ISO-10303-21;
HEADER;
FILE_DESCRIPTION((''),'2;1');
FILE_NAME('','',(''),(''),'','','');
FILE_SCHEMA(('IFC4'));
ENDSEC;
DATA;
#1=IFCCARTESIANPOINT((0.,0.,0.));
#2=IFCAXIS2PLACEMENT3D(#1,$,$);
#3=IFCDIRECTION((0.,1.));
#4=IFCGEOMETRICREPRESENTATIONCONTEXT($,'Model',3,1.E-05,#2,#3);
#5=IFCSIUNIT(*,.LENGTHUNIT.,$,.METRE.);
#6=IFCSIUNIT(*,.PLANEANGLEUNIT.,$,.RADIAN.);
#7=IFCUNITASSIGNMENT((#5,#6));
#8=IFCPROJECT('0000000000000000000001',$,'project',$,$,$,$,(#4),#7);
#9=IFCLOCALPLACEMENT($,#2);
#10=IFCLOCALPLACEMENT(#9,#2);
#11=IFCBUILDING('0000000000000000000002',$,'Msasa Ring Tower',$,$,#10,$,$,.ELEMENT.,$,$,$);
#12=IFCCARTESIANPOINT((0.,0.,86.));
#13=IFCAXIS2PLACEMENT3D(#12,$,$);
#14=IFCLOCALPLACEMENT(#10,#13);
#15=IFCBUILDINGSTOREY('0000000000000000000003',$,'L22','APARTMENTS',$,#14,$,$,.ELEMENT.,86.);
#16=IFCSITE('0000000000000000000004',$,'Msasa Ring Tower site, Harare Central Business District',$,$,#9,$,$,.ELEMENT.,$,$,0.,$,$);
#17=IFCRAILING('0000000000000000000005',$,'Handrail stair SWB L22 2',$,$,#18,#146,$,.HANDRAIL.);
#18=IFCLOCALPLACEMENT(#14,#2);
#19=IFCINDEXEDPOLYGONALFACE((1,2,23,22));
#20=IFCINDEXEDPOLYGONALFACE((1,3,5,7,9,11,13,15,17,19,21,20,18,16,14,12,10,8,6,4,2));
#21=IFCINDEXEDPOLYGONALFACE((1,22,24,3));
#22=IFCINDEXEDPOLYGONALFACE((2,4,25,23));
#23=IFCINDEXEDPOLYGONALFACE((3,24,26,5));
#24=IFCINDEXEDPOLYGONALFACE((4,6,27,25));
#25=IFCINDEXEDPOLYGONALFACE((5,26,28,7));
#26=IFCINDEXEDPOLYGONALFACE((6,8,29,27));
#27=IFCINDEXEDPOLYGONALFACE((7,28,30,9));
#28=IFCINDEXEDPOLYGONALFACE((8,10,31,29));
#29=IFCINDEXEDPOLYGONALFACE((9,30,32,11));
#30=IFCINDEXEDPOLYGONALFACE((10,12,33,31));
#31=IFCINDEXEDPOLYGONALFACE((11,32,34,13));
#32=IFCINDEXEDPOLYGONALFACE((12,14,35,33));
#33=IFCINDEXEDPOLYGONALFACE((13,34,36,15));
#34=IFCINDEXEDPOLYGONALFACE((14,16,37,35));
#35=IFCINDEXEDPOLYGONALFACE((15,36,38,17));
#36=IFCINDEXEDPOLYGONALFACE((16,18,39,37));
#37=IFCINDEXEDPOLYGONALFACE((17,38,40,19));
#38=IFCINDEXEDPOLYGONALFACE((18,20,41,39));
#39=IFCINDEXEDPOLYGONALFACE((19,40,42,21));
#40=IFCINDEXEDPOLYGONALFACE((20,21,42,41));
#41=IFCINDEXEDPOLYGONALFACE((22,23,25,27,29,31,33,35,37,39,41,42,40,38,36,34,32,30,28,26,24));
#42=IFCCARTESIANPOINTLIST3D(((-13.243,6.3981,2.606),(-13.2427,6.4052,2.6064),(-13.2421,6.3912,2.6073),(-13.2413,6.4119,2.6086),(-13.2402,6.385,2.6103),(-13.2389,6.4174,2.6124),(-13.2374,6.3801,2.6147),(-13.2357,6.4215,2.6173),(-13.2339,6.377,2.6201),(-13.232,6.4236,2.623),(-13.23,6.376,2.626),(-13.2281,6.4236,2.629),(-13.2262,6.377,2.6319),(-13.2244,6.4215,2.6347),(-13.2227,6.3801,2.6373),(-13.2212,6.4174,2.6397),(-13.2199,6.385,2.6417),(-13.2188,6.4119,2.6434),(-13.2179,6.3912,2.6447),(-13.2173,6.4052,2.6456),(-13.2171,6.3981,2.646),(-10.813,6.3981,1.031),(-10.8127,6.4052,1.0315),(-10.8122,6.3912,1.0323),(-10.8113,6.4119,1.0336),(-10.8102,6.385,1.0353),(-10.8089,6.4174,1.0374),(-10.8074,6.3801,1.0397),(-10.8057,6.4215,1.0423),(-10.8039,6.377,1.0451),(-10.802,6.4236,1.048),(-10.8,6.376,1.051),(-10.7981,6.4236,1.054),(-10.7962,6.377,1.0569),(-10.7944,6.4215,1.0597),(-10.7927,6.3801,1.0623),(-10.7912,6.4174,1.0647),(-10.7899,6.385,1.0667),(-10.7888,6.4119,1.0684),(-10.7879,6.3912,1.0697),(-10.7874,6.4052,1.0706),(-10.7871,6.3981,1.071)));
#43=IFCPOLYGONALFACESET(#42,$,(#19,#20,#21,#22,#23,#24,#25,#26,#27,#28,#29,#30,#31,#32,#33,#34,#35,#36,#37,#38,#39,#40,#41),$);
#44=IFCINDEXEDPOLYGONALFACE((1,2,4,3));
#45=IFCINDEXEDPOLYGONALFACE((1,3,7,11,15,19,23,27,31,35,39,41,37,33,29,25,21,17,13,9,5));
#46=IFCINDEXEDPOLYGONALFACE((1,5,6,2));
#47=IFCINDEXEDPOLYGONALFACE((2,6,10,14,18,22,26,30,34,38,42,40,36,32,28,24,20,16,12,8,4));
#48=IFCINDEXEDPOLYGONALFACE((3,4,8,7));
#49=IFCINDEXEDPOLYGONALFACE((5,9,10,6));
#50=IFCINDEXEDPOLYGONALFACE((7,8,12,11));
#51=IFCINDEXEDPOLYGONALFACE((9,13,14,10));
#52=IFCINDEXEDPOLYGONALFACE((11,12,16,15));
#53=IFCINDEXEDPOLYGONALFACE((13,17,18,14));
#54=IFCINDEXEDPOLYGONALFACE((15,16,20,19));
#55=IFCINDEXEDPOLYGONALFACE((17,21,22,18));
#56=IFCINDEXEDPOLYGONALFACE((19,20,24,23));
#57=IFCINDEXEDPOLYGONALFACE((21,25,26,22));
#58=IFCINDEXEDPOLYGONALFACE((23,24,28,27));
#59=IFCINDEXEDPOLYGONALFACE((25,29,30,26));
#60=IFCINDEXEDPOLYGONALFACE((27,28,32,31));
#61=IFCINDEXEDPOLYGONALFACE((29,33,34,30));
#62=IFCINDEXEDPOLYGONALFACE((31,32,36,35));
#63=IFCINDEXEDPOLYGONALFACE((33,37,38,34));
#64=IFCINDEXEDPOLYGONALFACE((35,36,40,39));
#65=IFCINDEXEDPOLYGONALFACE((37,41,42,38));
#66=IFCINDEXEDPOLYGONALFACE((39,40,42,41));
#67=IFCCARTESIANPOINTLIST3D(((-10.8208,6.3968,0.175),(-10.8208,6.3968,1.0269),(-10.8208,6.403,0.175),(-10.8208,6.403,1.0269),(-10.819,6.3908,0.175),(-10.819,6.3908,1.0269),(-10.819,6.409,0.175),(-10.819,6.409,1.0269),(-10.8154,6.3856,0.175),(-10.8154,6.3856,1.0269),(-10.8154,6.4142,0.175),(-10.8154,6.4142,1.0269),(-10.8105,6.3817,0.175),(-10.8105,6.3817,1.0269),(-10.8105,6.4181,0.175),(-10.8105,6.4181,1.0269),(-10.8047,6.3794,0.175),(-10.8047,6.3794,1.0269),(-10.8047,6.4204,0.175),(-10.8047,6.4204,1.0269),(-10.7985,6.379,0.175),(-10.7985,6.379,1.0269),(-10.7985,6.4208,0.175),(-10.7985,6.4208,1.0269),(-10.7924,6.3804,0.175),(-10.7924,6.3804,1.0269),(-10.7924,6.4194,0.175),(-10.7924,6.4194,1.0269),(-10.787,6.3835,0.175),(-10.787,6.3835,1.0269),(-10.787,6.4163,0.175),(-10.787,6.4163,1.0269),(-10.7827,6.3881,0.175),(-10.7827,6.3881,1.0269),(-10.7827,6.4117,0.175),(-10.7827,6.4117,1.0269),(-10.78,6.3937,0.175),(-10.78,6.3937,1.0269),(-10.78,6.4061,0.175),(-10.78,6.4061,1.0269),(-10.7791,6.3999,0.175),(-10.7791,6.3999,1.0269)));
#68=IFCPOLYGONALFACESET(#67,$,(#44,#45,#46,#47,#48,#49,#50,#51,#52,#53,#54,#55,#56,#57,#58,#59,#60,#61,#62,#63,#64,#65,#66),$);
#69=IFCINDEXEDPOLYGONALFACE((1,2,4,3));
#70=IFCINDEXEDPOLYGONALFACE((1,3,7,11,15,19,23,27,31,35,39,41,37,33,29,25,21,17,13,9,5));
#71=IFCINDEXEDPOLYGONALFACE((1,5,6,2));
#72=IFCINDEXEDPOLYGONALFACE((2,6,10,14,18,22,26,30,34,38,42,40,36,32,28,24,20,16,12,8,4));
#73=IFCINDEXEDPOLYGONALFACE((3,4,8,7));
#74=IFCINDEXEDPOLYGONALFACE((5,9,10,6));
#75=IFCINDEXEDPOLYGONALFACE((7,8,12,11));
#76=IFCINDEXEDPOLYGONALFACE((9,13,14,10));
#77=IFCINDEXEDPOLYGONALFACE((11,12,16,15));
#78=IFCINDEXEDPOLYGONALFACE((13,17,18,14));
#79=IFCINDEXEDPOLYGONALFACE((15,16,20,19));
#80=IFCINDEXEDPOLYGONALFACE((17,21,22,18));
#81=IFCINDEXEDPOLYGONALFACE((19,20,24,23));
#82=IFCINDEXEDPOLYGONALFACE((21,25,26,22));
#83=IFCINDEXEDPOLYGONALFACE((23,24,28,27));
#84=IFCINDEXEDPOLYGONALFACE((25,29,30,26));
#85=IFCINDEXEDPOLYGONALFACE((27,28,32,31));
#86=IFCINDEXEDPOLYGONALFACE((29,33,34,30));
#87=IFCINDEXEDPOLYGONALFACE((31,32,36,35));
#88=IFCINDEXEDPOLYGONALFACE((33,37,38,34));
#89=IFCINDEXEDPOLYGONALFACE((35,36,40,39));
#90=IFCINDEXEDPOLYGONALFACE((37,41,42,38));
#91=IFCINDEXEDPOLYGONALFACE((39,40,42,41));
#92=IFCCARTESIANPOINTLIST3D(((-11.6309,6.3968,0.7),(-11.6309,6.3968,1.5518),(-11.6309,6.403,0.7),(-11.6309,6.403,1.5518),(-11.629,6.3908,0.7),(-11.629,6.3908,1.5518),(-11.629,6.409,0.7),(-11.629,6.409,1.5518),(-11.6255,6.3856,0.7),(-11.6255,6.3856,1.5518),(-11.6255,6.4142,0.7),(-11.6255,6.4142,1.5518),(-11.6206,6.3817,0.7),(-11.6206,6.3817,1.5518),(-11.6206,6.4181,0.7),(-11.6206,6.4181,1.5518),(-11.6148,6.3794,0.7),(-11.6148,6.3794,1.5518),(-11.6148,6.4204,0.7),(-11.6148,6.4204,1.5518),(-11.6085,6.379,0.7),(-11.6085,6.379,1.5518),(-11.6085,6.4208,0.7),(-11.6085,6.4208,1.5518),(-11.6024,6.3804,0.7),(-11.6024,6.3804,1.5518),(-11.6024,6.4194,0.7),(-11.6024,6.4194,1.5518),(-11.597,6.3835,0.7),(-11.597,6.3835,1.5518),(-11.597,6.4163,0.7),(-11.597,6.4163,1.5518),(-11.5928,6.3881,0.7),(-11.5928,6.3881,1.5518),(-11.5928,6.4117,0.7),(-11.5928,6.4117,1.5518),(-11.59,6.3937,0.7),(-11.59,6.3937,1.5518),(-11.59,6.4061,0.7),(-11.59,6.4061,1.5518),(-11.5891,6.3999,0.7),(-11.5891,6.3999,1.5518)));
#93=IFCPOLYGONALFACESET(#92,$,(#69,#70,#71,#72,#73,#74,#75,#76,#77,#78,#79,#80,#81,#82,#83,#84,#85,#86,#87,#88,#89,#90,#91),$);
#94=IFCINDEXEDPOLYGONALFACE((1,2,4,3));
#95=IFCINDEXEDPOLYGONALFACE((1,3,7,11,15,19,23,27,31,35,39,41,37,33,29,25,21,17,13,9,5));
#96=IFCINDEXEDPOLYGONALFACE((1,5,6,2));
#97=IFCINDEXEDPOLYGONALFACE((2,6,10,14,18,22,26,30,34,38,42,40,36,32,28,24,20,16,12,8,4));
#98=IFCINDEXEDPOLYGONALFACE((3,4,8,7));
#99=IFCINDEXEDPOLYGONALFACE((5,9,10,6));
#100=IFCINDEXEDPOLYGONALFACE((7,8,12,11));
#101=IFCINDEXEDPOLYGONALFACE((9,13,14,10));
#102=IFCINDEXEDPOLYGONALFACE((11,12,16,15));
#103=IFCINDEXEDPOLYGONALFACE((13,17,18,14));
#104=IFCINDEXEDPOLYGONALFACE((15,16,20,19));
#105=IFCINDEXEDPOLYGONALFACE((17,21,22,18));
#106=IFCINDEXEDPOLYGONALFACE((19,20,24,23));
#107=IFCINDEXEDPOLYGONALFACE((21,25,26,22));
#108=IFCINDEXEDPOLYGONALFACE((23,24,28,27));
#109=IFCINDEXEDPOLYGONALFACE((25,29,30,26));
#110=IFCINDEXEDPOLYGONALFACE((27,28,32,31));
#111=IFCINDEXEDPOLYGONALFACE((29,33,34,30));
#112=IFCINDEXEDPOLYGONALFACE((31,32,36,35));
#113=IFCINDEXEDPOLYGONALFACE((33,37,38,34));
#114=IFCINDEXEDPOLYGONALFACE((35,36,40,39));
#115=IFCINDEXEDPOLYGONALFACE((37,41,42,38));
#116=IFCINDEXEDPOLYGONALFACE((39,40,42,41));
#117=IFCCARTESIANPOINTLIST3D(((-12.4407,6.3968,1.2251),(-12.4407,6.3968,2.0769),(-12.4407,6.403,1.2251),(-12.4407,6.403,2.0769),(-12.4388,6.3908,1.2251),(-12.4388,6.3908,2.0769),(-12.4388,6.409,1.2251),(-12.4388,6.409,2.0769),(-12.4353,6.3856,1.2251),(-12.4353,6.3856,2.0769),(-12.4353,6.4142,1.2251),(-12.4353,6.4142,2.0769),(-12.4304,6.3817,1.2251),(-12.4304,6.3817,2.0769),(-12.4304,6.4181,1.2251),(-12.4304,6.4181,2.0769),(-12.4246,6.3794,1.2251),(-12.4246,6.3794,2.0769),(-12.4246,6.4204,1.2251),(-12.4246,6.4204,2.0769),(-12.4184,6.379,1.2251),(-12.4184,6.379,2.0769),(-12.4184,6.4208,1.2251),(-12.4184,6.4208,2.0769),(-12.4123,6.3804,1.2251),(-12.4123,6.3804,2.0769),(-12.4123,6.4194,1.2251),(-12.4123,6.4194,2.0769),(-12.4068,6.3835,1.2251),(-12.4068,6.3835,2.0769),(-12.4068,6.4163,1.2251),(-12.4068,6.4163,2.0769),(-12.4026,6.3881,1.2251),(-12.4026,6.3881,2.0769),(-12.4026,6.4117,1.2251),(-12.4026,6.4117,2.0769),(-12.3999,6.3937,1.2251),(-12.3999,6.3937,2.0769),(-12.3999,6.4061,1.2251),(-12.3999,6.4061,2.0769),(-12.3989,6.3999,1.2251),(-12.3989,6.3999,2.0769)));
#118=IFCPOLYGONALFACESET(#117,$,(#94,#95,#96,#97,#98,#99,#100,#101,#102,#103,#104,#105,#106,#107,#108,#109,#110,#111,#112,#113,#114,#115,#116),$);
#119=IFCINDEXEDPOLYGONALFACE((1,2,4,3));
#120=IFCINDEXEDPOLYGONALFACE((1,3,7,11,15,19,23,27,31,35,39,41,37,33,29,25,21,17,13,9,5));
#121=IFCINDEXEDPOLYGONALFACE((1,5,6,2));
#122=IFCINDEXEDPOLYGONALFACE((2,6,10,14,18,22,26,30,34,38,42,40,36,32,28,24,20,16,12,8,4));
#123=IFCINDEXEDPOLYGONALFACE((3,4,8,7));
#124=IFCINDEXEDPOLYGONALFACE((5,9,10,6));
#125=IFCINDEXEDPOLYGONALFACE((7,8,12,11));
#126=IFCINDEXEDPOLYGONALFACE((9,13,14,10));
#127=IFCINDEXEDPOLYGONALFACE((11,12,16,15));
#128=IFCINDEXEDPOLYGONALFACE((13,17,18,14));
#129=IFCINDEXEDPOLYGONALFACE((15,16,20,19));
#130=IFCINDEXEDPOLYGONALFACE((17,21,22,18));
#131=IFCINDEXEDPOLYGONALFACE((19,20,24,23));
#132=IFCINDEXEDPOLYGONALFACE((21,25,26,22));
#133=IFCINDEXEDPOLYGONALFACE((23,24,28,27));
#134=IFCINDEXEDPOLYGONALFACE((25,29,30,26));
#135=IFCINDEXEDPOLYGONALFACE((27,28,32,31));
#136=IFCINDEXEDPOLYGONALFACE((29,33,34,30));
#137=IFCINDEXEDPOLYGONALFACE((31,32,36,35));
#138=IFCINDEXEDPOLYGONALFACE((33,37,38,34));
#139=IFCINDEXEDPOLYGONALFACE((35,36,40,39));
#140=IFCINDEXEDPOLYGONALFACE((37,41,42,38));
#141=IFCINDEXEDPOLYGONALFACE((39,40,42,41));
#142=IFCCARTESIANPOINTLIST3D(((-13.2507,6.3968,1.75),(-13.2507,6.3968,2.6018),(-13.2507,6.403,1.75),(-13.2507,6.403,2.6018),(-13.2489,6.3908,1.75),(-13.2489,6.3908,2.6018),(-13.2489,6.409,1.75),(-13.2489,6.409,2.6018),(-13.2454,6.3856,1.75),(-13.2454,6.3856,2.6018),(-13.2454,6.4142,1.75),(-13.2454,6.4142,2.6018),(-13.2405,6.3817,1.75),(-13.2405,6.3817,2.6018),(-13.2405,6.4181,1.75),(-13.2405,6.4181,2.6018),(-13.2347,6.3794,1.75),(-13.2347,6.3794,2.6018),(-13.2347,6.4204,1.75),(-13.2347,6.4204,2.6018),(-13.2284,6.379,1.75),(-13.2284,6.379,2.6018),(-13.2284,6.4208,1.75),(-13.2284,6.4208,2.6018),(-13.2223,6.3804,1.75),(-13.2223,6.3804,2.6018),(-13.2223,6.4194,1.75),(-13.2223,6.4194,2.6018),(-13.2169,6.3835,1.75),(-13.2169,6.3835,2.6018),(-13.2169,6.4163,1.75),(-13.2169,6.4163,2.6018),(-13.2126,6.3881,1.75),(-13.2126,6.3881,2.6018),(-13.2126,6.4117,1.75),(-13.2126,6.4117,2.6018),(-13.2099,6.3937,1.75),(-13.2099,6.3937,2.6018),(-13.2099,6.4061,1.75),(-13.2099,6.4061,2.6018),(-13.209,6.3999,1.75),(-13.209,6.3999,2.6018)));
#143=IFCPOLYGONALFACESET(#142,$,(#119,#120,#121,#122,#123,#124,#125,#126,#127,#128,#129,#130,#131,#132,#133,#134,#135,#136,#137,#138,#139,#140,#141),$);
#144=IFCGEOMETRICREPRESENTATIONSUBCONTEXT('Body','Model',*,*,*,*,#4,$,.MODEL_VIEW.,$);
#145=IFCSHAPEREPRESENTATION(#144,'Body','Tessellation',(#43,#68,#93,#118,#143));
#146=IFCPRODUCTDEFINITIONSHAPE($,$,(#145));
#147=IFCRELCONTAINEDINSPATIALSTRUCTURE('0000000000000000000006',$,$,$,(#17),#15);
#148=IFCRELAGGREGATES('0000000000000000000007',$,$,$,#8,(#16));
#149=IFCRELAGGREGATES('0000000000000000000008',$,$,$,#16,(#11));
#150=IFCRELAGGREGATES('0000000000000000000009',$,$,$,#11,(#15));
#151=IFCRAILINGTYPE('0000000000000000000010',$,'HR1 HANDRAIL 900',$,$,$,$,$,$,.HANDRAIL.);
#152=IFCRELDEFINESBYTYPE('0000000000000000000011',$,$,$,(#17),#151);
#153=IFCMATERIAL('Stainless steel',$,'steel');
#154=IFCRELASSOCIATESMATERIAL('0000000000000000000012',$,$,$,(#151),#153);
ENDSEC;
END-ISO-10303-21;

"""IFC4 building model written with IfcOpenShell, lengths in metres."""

from ifc_helpers import new_model, si_unit, direction, frame, origin, origin_2d, place, context, subcontext, project, spatial, circle, extrude, material, type_object, element, save


model = new_model("IFC4")

# Units and contexts
model_context = context("Model", 3, precision=1e-05, world=origin(), true_north=direction((0.0, 1.0)))
body_context = subcontext(model_context, "Body", "Model", "MODEL_VIEW")
ifc_project = project(units=[si_unit("LENGTHUNIT", "METRE"), si_unit("PLANEANGLEUNIT", "RADIAN")], contexts=[model_context])

# Site, building, storey
site_placement = place(None, origin())
site = spatial("IfcSite", under=ifc_project, at=site_placement, Name="Msasa Ring Tower site, Harare Central Business District", CompositionType="ELEMENT", RefElevation=0.0)
building_placement = place(site_placement, origin())
building = spatial("IfcBuilding", under=site, at=building_placement, Name="Msasa Ring Tower", CompositionType="ELEMENT")
storey_placement = place(building_placement, frame((0.0, 0.0, 86.0)))
storey = spatial("IfcBuildingStorey", under=building, at=storey_placement, Name="L22", Description="APARTMENTS", CompositionType="ELEMENT", Elevation=86.0)

# Railing
ifc_material_1 = material(Name="Stainless steel", Category="steel")
railing_type = type_object("IfcRailingType", Name="HR1 HANDRAIL 900", PredefinedType="HANDRAIL", material=ifc_material_1)
for number, where, name in (
    (1, (-10.8, 6.3999, 0.175), "Handrail stair SWB L22 2"),
):
    element("IfcRailing", number, at=place(storey_placement, frame(where)), inside=storey, type_object=railing_type, Name=name, PredefinedType="HANDRAIL", context=body_context, shape_type="SweptSolid", body=[
        extrude(circle(Radius=0.0239, at=origin_2d()), frame((0.0, 0.0, 0.876), z_axis=(-0.839154, 0.0, 0.543894), x_axis=(0.0, -1.0, 0.0)), (0.0, 0.0, 1.0), 2.8958),
        extrude(circle(Radius=0.021, at=origin_2d()), origin(), (0.0, 0.0, 1.0), 0.8518),
        extrude(circle(Radius=0.021, at=origin_2d()), frame((-0.8101, 0.0, 0.5249)), (0.0, 0.0, 1.0), 0.8518),
        extrude(circle(Radius=0.021, at=origin_2d()), frame((-1.6199, 0.0, 1.05)), (0.0, 0.0, 1.0), 0.8518),
        extrude(circle(Radius=0.021, at=origin_2d()), frame((-2.4299, 0.0, 1.575)), (0.0, 0.0, 1.0), 0.8518),
    ])

save(model, "model.ifc")
